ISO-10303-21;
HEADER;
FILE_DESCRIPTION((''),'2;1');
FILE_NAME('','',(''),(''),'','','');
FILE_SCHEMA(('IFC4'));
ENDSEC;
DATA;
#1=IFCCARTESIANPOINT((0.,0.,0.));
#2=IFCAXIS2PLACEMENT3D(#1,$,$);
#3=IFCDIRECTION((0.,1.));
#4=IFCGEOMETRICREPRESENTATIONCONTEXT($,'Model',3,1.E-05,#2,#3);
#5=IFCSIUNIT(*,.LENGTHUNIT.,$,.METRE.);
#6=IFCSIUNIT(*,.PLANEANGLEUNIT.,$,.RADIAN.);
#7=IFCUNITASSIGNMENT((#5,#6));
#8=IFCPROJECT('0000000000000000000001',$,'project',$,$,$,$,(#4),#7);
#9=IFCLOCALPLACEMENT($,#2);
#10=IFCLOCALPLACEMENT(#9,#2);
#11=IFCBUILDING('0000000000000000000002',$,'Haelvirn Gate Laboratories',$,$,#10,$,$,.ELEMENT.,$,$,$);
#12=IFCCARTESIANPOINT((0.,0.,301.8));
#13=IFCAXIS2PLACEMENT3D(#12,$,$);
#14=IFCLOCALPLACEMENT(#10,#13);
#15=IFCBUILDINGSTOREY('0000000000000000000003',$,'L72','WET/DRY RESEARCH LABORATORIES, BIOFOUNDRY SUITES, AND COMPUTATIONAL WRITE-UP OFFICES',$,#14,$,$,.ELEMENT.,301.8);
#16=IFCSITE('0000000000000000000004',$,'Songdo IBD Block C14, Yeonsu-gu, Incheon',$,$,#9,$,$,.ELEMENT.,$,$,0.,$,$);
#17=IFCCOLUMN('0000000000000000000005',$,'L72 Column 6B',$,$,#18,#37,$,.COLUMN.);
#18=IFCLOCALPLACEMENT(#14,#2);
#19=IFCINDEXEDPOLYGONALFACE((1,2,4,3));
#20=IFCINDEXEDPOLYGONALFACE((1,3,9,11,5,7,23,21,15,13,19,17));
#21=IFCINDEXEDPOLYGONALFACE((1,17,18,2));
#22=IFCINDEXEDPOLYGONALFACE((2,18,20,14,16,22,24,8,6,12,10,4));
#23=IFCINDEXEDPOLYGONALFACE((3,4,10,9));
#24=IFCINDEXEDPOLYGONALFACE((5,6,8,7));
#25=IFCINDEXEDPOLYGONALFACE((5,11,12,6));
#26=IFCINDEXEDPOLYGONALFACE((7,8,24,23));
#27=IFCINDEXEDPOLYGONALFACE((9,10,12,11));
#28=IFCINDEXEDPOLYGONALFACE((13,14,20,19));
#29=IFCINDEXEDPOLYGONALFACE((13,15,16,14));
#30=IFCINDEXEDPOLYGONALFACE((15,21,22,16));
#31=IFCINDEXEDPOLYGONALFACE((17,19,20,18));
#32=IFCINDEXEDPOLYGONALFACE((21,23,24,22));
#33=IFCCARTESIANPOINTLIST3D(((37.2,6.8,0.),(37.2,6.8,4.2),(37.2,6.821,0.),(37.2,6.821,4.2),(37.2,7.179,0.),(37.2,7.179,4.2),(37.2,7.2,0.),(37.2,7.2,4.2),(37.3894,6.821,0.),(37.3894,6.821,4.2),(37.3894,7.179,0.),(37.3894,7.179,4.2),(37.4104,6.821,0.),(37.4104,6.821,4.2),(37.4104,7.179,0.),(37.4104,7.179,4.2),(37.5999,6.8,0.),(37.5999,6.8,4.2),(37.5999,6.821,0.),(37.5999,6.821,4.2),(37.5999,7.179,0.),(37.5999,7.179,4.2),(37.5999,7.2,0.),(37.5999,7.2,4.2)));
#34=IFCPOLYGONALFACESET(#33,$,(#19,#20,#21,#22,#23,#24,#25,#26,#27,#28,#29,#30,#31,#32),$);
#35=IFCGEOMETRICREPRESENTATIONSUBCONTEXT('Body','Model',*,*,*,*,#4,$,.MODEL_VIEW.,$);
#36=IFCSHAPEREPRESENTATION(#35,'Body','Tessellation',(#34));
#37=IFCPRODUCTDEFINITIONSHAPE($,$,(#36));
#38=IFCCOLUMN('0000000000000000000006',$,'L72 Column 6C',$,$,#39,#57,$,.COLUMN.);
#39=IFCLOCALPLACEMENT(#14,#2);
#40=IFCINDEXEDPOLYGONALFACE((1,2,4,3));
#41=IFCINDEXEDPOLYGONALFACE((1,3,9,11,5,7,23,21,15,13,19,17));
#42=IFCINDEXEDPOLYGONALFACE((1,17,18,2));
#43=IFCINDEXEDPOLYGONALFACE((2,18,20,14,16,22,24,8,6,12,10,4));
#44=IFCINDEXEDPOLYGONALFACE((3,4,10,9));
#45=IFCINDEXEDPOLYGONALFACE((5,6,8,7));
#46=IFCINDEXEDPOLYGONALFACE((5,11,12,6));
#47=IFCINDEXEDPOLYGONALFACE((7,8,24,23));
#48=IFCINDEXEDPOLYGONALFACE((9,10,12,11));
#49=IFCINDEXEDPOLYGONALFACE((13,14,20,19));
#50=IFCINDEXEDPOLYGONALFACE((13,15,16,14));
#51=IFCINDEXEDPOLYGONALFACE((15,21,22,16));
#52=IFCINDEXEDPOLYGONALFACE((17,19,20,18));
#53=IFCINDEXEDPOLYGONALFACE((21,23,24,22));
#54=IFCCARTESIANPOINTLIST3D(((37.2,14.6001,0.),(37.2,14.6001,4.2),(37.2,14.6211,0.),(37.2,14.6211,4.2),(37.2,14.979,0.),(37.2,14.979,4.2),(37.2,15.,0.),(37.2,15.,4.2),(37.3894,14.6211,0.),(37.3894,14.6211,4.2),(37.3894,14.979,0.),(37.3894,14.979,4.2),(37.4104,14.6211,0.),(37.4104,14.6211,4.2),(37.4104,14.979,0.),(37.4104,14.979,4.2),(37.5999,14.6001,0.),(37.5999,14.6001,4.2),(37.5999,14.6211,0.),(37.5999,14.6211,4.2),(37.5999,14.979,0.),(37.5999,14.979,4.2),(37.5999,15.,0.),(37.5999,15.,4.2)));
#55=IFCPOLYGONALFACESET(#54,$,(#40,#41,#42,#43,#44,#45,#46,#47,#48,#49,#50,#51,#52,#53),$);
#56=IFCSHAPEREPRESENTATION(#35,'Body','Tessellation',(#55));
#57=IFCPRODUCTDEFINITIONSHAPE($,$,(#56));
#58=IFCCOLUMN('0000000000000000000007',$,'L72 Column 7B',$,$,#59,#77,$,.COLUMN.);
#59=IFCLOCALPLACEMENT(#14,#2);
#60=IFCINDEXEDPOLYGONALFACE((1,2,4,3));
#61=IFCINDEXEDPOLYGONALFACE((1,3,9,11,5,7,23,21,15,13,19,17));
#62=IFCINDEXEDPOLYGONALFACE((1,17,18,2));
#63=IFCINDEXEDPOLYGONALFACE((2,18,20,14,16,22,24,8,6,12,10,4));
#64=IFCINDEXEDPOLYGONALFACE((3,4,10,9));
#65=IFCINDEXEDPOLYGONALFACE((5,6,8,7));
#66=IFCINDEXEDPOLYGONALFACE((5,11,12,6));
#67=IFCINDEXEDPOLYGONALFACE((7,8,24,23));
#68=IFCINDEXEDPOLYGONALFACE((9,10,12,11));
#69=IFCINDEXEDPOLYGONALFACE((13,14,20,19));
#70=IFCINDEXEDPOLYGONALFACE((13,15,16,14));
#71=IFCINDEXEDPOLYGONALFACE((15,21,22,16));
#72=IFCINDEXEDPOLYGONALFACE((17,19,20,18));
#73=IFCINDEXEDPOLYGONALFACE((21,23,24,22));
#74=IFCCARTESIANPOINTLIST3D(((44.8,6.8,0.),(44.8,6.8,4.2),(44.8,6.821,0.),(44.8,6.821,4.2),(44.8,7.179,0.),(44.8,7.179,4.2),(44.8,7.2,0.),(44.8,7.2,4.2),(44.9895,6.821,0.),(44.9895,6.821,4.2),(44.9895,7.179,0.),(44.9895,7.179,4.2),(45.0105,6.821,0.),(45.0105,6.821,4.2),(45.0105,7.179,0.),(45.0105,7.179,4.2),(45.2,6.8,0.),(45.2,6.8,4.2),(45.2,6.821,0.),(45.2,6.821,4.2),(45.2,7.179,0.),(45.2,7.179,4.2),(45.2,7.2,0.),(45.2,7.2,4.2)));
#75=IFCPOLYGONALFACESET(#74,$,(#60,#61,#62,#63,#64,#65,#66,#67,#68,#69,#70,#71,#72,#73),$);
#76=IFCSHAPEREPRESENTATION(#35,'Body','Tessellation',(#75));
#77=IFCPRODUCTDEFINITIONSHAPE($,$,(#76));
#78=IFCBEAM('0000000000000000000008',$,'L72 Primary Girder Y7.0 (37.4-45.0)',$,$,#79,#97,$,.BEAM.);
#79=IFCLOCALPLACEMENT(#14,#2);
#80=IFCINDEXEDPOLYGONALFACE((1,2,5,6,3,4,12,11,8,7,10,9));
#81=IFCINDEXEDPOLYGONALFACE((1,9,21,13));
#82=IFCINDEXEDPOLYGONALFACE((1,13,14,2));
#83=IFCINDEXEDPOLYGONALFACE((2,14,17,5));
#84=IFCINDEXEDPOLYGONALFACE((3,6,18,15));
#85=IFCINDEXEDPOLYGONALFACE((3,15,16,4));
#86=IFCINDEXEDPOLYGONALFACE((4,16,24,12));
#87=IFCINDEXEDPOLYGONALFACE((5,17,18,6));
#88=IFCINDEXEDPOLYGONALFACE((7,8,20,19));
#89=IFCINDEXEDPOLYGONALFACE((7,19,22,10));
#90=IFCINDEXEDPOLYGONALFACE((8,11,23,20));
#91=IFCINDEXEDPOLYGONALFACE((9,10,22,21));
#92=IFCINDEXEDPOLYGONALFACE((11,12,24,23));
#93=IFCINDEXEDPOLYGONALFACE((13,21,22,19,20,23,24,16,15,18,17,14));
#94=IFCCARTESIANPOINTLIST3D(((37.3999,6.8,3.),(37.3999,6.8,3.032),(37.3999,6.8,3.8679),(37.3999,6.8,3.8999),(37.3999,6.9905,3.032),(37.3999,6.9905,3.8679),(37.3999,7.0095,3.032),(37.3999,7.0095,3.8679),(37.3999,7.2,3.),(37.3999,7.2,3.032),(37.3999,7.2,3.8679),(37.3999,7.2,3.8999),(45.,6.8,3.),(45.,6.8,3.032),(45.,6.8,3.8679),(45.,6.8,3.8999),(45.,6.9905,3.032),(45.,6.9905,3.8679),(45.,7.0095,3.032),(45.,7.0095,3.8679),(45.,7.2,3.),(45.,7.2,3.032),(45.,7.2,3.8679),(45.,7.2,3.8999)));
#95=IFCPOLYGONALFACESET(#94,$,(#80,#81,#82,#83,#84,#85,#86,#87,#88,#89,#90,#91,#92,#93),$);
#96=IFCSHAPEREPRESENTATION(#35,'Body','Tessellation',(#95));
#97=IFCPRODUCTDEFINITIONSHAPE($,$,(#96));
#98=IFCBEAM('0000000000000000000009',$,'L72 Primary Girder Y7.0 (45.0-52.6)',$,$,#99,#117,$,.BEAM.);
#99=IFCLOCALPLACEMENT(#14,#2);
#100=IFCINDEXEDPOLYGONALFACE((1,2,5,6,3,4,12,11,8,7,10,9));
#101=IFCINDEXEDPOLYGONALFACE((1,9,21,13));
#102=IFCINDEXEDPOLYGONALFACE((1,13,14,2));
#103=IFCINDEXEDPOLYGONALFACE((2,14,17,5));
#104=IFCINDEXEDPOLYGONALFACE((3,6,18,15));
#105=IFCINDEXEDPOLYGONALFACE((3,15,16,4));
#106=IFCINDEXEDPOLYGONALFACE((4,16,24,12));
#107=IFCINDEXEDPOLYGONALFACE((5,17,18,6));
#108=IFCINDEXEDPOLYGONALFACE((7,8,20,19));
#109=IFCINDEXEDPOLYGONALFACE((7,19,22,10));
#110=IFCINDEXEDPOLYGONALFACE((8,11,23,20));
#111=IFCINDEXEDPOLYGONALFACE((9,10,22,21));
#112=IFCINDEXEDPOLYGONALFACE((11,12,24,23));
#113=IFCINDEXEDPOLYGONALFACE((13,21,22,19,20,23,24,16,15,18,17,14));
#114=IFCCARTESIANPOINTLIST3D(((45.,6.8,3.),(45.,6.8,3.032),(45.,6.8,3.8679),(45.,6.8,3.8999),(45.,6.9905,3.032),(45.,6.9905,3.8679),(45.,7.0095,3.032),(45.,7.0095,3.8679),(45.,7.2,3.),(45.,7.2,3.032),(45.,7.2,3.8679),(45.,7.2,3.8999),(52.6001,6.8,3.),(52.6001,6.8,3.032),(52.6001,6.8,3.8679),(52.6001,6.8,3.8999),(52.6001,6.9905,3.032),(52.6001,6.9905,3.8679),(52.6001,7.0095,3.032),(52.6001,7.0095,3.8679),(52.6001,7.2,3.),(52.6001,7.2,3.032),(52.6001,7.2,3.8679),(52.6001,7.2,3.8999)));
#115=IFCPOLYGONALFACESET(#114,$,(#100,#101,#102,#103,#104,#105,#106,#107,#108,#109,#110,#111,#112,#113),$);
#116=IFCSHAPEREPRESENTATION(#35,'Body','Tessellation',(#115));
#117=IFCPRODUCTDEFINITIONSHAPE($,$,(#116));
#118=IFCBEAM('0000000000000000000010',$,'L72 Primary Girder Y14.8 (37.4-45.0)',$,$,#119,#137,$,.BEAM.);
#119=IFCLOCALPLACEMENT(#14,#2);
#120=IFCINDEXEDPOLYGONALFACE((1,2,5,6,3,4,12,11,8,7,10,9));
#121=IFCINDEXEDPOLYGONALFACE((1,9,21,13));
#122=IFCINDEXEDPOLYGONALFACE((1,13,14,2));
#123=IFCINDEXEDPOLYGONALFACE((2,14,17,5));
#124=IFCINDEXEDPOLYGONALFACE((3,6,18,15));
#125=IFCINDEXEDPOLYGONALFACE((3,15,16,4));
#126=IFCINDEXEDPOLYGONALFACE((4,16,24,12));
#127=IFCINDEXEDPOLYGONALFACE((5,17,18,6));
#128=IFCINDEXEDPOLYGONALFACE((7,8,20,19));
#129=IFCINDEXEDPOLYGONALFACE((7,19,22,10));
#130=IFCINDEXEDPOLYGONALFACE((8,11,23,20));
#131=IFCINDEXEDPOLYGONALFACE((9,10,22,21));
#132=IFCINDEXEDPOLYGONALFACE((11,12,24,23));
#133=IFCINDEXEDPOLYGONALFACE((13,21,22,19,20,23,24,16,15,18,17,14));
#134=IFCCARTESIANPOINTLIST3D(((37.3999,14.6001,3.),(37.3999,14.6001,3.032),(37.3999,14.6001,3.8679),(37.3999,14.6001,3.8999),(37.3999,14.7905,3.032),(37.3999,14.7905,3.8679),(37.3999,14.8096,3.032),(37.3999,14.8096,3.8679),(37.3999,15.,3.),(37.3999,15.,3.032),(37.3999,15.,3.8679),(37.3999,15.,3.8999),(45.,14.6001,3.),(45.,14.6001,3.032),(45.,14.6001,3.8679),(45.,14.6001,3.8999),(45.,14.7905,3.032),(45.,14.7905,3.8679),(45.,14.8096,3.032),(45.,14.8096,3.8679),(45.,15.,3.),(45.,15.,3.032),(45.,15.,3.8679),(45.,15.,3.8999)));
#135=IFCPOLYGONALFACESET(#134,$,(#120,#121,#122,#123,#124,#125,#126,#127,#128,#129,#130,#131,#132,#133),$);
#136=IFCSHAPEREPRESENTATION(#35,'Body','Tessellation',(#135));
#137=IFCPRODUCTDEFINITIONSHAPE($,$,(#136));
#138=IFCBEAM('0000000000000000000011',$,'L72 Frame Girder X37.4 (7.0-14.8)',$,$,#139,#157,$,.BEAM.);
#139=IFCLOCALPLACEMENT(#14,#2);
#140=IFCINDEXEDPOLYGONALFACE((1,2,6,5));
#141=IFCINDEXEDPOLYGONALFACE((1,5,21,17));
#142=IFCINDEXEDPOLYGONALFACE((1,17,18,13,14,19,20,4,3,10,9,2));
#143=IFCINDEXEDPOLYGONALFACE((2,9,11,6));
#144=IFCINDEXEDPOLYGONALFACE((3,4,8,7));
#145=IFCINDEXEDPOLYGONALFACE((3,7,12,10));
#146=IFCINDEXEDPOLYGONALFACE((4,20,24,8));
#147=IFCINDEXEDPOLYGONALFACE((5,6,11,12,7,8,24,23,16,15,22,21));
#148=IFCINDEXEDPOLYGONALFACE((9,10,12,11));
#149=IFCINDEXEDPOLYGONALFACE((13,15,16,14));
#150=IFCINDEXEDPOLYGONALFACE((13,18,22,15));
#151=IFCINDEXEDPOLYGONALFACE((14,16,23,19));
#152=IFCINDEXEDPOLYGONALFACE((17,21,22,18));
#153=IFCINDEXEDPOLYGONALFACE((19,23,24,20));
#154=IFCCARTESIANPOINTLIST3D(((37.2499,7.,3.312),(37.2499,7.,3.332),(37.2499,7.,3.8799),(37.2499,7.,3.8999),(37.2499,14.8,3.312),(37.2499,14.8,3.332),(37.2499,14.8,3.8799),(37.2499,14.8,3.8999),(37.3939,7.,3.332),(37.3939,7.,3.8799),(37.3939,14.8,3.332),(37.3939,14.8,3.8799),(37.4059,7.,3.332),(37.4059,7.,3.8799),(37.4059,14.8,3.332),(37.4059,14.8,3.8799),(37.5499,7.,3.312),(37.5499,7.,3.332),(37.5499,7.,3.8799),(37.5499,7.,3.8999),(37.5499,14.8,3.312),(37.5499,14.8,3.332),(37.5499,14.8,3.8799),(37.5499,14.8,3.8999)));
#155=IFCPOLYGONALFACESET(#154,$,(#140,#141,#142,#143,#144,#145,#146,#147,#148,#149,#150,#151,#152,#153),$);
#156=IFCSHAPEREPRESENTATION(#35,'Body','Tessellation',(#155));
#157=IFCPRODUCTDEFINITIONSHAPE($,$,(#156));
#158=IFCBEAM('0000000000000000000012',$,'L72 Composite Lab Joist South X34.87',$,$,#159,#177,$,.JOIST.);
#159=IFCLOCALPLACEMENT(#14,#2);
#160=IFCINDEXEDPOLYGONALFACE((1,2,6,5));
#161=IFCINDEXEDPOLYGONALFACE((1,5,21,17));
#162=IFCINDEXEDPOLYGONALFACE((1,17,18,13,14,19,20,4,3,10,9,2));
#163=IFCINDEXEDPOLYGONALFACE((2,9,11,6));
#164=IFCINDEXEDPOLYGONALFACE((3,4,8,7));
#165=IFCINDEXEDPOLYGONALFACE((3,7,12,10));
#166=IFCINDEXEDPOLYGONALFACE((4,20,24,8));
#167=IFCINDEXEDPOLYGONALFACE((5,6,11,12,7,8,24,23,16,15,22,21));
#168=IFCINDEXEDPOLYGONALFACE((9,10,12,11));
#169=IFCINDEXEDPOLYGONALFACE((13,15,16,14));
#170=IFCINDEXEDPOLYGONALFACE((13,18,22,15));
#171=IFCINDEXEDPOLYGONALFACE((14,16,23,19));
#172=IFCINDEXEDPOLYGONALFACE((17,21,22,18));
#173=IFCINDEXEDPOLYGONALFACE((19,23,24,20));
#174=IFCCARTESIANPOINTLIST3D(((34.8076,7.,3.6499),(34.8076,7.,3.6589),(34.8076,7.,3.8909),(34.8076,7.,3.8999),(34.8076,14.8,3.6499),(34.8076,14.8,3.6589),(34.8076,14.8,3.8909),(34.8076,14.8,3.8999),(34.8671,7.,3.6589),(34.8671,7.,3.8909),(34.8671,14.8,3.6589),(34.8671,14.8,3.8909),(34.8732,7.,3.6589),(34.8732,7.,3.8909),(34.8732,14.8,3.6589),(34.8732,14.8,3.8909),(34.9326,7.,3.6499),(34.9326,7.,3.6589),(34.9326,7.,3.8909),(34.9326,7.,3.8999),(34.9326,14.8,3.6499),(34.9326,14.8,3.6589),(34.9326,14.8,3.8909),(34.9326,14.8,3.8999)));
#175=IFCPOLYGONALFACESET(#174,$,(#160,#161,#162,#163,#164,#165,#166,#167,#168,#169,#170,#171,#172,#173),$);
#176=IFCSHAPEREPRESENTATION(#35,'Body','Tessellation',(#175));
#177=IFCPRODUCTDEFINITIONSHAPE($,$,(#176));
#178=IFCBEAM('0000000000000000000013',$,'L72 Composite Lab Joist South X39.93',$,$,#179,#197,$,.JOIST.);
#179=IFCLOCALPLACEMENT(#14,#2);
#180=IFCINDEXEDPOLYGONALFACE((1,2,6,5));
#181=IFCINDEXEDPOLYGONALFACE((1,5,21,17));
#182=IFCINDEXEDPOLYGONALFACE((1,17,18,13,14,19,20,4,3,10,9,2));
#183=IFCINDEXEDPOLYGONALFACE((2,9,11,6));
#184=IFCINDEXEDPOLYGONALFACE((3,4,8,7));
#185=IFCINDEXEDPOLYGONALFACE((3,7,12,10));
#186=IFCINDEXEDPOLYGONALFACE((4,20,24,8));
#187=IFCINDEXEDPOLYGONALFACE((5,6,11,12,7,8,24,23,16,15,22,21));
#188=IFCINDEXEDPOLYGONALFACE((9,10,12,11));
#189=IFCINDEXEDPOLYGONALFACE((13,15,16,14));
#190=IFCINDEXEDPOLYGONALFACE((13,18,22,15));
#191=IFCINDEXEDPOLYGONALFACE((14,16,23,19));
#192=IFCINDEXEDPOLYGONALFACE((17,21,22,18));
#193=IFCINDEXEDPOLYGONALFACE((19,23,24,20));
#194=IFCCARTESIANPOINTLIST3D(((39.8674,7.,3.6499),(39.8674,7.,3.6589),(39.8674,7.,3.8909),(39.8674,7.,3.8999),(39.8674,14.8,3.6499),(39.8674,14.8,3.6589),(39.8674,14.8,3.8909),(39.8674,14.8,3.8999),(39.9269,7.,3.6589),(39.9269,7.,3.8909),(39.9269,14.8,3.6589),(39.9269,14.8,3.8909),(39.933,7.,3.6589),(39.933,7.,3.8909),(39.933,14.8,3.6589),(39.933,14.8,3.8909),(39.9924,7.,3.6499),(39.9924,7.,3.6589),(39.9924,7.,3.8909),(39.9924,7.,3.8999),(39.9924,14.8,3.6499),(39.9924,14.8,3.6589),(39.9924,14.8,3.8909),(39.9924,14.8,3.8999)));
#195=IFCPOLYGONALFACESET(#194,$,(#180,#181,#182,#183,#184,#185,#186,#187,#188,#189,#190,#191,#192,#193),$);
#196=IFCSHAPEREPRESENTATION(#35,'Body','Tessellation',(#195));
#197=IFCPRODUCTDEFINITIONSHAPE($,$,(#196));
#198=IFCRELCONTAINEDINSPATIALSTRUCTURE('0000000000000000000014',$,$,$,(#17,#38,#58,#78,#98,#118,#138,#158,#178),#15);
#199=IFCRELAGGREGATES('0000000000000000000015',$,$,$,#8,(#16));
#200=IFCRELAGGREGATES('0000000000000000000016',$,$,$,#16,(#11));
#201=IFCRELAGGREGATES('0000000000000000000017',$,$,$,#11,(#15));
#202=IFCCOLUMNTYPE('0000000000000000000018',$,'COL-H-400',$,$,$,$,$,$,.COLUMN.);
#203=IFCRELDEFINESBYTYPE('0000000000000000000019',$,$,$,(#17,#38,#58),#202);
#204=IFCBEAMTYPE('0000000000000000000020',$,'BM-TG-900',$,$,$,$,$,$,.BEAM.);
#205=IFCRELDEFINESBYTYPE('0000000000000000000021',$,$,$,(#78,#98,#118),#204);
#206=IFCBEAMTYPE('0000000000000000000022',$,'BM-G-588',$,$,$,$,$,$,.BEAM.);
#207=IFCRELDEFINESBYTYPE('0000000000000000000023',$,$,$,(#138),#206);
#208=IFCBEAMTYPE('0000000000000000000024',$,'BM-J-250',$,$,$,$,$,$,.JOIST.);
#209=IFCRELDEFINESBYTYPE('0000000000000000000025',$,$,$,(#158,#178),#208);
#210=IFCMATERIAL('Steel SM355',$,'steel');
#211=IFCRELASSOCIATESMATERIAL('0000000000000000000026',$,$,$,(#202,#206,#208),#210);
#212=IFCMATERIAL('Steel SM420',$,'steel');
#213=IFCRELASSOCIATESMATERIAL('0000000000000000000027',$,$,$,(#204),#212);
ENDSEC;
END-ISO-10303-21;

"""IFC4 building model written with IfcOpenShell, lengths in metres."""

from ifc_helpers import new_model, si_unit, direction, frame, origin, origin_2d, place, context, subcontext, project, spatial, i_section, extrude, source, transform, mapped, material, material_profile, profile_set, type_object, type_shapes, element, save


model = new_model("IFC4")

# Units and contexts
model_context = context("Model", 3, precision=1e-05, world=origin(), true_north=direction((0.0, 1.0)))
body_context = subcontext(model_context, "Body", "Model", "MODEL_VIEW")
ifc_project = project(units=[si_unit("LENGTHUNIT", "METRE"), si_unit("PLANEANGLEUNIT", "RADIAN")], contexts=[model_context])

# Site, building, storey
site_placement = place(None, origin())
site = spatial("IfcSite", under=ifc_project, at=site_placement, Name="Songdo IBD Block C14, Yeonsu-gu, Incheon", CompositionType="ELEMENT", RefElevation=0.0)
building_placement = place(site_placement, origin())
building = spatial("IfcBuilding", under=site, at=building_placement, Name="Haelvirn Gate Laboratories", CompositionType="ELEMENT")
storey_placement = place(building_placement, frame((0.0, 0.0, 301.8)))
storey = spatial("IfcBuildingStorey", under=building, at=storey_placement, Name="L72", Description="WET/DRY RESEARCH LABORATORIES, BIOFOUNDRY SUITES, AND COMPUTATIONAL WRITE-UP OFFICES", CompositionType="ELEMENT", Elevation=301.8)

# Columns
ifc_material_1 = material(Name="Steel SM355", Category="steel")
ifc_material_profile_1 = material_profile(ifc_material_1, i_section(OverallWidth=0.3999, OverallDepth=0.3999, WebThickness=0.021, FlangeThickness=0.021, at=origin_2d()), Name="H-400x400x21x21")
ifc_profile_set_1 = profile_set([ifc_material_profile_1], Name="Steel SM355")
column_type = type_object("IfcColumnType", Name="COL-H-400", PredefinedType="COLUMN", material=ifc_profile_set_1)
shared_shape_1 = source(origin(), body_context, "Body", "SweptSolid", [
    extrude(i_section(OverallWidth=0.3999, OverallDepth=0.3999, WebThickness=0.021, FlangeThickness=0.021, at=origin_2d()), origin(), (0.0, 0.0, 1.0), 4.2),
])
type_shapes(column_type, [shared_shape_1])
for number, where, z_axis, x_axis, name in (
    (1, (37.3999, 7.0, 0.0), (0.0, 0.0, 1.0), (1.0, 0.0, 0.0), "L72 Column 6B"),
    (2, (37.3999, 14.8, 0.0), (0.0, 0.0, 1.0), (1.0, 0.0, 0.0), "L72 Column 6C"),
    (3, (45.0, 7.0, 0.0), (0.0, 0.0, 1.0), (1.0, 0.0, 0.0), "L72 Column 7B"),
):
    element("IfcColumn", number, at=place(storey_placement, frame(where, z_axis=z_axis, x_axis=x_axis)), inside=storey, type_object=column_type, Name=name, PredefinedType="COLUMN", context=body_context, shape_type="MappedRepresentation", body=[
        mapped(shared_shape_1, transform((0.0, 0.0, 0.0), scale=1.0)),
    ])

# Beams
ifc_material_2 = material(Name="Steel SM420", Category="steel")
ifc_material_profile_2 = material_profile(ifc_material_2, i_section(OverallWidth=0.3999, OverallDepth=0.8999, WebThickness=0.019, FlangeThickness=0.032, at=origin_2d()), Name="H-900x400x19x32")
ifc_profile_set_2 = profile_set([ifc_material_profile_2], Name="Steel SM420")
beam_type_1 = type_object("IfcBeamType", Name="BM-TG-900", PredefinedType="BEAM", material=ifc_profile_set_2)
shared_shape_2 = source(origin(), body_context, "Body", "SweptSolid", [
    extrude(i_section(OverallWidth=0.3999, OverallDepth=0.8999, WebThickness=0.019, FlangeThickness=0.032, at=origin_2d()), origin(), (0.0, 0.0, 1.0), 7.6001),
])
type_shapes(beam_type_1, [shared_shape_2])
for number, where, z_axis, x_axis, name in (
    (4, (37.3999, 7.0, 3.45), (1.0, 0.0, 0.0), (0.0, 1.0, 0.0), "L72 Primary Girder Y7.0 (37.4-45.0)"),
    (5, (45.0, 7.0, 3.45), (1.0, 0.0, 0.0), (0.0, 1.0, 0.0), "L72 Primary Girder Y7.0 (45.0-52.6)"),
    (6, (37.3999, 14.8, 3.45), (1.0, 0.0, 0.0), (0.0, 1.0, 0.0), "L72 Primary Girder Y14.8 (37.4-45.0)"),
):
    element("IfcBeam", number, at=place(storey_placement, frame(where, z_axis=z_axis, x_axis=x_axis)), inside=storey, type_object=beam_type_1, Name=name, PredefinedType="BEAM", context=body_context, shape_type="MappedRepresentation", body=[
        mapped(shared_shape_2, transform((0.0, 0.0, 0.0), scale=1.0)),
    ])
ifc_material_profile_3 = material_profile(ifc_material_1, i_section(OverallWidth=0.3, OverallDepth=0.5879, WebThickness=0.012, FlangeThickness=0.02, at=origin_2d()), Name="H-588x300x12x20")
ifc_profile_set_3 = profile_set([ifc_material_profile_3], Name="Steel SM355")
beam_type_2 = type_object("IfcBeamType", Name="BM-G-588", PredefinedType="BEAM", material=ifc_profile_set_3)
shared_shape_3 = source(origin(), body_context, "Body", "SweptSolid", [
    extrude(i_section(OverallWidth=0.3, OverallDepth=0.5879, WebThickness=0.012, FlangeThickness=0.02, at=origin_2d()), origin(), (0.0, 0.0, 1.0), 7.8),
])
type_shapes(beam_type_2, [shared_shape_3])
beam_placement = place(storey_placement, frame((37.3999, 7.0, 3.606), z_axis=(0.0, 1.0, 0.0), x_axis=(-1.0, 0.0, 0.0)))
element("IfcBeam", 7, at=beam_placement, inside=storey, type_object=beam_type_2, Name="L72 Frame Girder X37.4 (7.0-14.8)", PredefinedType="BEAM", context=body_context, shape_type="MappedRepresentation", body=[
    mapped(shared_shape_3, transform((0.0, 0.0, 0.0), scale=1.0)),
])
ifc_material_profile_4 = material_profile(ifc_material_1, i_section(OverallWidth=0.125, OverallDepth=0.25, WebThickness=0.0061, FlangeThickness=0.009, at=origin_2d()), Name="H-250x125x6x9")
ifc_profile_set_4 = profile_set([ifc_material_profile_4], Name="Steel SM355")
beam_type_3 = type_object("IfcBeamType", Name="BM-J-250", PredefinedType="JOIST", material=ifc_profile_set_4)
shared_shape_4 = source(origin(), body_context, "Body", "SweptSolid", [
    extrude(i_section(OverallWidth=0.125, OverallDepth=0.25, WebThickness=0.0061, FlangeThickness=0.009, at=origin_2d()), origin(), (0.0, 0.0, 1.0), 7.8),
])
type_shapes(beam_type_3, [shared_shape_4])
for number, where, z_axis, x_axis, name in (
    (8, (34.8701, 7.0, 3.7749), (0.0, 1.0, 0.0), (-1.0, 0.0, 0.0), "L72 Composite Lab Joist South X34.87"),
    (9, (39.9299, 7.0, 3.7749), (0.0, 1.0, 0.0), (-1.0, 0.0, 0.0), "L72 Composite Lab Joist South X39.93"),
):
    element("IfcBeam", number, at=place(storey_placement, frame(where, z_axis=z_axis, x_axis=x_axis)), inside=storey, type_object=beam_type_3, Name=name, PredefinedType="JOIST", context=body_context, shape_type="MappedRepresentation", body=[
        mapped(shared_shape_4, transform((0.0, 0.0, 0.0), scale=1.0)),
    ])

save(model, "model.ifc")
